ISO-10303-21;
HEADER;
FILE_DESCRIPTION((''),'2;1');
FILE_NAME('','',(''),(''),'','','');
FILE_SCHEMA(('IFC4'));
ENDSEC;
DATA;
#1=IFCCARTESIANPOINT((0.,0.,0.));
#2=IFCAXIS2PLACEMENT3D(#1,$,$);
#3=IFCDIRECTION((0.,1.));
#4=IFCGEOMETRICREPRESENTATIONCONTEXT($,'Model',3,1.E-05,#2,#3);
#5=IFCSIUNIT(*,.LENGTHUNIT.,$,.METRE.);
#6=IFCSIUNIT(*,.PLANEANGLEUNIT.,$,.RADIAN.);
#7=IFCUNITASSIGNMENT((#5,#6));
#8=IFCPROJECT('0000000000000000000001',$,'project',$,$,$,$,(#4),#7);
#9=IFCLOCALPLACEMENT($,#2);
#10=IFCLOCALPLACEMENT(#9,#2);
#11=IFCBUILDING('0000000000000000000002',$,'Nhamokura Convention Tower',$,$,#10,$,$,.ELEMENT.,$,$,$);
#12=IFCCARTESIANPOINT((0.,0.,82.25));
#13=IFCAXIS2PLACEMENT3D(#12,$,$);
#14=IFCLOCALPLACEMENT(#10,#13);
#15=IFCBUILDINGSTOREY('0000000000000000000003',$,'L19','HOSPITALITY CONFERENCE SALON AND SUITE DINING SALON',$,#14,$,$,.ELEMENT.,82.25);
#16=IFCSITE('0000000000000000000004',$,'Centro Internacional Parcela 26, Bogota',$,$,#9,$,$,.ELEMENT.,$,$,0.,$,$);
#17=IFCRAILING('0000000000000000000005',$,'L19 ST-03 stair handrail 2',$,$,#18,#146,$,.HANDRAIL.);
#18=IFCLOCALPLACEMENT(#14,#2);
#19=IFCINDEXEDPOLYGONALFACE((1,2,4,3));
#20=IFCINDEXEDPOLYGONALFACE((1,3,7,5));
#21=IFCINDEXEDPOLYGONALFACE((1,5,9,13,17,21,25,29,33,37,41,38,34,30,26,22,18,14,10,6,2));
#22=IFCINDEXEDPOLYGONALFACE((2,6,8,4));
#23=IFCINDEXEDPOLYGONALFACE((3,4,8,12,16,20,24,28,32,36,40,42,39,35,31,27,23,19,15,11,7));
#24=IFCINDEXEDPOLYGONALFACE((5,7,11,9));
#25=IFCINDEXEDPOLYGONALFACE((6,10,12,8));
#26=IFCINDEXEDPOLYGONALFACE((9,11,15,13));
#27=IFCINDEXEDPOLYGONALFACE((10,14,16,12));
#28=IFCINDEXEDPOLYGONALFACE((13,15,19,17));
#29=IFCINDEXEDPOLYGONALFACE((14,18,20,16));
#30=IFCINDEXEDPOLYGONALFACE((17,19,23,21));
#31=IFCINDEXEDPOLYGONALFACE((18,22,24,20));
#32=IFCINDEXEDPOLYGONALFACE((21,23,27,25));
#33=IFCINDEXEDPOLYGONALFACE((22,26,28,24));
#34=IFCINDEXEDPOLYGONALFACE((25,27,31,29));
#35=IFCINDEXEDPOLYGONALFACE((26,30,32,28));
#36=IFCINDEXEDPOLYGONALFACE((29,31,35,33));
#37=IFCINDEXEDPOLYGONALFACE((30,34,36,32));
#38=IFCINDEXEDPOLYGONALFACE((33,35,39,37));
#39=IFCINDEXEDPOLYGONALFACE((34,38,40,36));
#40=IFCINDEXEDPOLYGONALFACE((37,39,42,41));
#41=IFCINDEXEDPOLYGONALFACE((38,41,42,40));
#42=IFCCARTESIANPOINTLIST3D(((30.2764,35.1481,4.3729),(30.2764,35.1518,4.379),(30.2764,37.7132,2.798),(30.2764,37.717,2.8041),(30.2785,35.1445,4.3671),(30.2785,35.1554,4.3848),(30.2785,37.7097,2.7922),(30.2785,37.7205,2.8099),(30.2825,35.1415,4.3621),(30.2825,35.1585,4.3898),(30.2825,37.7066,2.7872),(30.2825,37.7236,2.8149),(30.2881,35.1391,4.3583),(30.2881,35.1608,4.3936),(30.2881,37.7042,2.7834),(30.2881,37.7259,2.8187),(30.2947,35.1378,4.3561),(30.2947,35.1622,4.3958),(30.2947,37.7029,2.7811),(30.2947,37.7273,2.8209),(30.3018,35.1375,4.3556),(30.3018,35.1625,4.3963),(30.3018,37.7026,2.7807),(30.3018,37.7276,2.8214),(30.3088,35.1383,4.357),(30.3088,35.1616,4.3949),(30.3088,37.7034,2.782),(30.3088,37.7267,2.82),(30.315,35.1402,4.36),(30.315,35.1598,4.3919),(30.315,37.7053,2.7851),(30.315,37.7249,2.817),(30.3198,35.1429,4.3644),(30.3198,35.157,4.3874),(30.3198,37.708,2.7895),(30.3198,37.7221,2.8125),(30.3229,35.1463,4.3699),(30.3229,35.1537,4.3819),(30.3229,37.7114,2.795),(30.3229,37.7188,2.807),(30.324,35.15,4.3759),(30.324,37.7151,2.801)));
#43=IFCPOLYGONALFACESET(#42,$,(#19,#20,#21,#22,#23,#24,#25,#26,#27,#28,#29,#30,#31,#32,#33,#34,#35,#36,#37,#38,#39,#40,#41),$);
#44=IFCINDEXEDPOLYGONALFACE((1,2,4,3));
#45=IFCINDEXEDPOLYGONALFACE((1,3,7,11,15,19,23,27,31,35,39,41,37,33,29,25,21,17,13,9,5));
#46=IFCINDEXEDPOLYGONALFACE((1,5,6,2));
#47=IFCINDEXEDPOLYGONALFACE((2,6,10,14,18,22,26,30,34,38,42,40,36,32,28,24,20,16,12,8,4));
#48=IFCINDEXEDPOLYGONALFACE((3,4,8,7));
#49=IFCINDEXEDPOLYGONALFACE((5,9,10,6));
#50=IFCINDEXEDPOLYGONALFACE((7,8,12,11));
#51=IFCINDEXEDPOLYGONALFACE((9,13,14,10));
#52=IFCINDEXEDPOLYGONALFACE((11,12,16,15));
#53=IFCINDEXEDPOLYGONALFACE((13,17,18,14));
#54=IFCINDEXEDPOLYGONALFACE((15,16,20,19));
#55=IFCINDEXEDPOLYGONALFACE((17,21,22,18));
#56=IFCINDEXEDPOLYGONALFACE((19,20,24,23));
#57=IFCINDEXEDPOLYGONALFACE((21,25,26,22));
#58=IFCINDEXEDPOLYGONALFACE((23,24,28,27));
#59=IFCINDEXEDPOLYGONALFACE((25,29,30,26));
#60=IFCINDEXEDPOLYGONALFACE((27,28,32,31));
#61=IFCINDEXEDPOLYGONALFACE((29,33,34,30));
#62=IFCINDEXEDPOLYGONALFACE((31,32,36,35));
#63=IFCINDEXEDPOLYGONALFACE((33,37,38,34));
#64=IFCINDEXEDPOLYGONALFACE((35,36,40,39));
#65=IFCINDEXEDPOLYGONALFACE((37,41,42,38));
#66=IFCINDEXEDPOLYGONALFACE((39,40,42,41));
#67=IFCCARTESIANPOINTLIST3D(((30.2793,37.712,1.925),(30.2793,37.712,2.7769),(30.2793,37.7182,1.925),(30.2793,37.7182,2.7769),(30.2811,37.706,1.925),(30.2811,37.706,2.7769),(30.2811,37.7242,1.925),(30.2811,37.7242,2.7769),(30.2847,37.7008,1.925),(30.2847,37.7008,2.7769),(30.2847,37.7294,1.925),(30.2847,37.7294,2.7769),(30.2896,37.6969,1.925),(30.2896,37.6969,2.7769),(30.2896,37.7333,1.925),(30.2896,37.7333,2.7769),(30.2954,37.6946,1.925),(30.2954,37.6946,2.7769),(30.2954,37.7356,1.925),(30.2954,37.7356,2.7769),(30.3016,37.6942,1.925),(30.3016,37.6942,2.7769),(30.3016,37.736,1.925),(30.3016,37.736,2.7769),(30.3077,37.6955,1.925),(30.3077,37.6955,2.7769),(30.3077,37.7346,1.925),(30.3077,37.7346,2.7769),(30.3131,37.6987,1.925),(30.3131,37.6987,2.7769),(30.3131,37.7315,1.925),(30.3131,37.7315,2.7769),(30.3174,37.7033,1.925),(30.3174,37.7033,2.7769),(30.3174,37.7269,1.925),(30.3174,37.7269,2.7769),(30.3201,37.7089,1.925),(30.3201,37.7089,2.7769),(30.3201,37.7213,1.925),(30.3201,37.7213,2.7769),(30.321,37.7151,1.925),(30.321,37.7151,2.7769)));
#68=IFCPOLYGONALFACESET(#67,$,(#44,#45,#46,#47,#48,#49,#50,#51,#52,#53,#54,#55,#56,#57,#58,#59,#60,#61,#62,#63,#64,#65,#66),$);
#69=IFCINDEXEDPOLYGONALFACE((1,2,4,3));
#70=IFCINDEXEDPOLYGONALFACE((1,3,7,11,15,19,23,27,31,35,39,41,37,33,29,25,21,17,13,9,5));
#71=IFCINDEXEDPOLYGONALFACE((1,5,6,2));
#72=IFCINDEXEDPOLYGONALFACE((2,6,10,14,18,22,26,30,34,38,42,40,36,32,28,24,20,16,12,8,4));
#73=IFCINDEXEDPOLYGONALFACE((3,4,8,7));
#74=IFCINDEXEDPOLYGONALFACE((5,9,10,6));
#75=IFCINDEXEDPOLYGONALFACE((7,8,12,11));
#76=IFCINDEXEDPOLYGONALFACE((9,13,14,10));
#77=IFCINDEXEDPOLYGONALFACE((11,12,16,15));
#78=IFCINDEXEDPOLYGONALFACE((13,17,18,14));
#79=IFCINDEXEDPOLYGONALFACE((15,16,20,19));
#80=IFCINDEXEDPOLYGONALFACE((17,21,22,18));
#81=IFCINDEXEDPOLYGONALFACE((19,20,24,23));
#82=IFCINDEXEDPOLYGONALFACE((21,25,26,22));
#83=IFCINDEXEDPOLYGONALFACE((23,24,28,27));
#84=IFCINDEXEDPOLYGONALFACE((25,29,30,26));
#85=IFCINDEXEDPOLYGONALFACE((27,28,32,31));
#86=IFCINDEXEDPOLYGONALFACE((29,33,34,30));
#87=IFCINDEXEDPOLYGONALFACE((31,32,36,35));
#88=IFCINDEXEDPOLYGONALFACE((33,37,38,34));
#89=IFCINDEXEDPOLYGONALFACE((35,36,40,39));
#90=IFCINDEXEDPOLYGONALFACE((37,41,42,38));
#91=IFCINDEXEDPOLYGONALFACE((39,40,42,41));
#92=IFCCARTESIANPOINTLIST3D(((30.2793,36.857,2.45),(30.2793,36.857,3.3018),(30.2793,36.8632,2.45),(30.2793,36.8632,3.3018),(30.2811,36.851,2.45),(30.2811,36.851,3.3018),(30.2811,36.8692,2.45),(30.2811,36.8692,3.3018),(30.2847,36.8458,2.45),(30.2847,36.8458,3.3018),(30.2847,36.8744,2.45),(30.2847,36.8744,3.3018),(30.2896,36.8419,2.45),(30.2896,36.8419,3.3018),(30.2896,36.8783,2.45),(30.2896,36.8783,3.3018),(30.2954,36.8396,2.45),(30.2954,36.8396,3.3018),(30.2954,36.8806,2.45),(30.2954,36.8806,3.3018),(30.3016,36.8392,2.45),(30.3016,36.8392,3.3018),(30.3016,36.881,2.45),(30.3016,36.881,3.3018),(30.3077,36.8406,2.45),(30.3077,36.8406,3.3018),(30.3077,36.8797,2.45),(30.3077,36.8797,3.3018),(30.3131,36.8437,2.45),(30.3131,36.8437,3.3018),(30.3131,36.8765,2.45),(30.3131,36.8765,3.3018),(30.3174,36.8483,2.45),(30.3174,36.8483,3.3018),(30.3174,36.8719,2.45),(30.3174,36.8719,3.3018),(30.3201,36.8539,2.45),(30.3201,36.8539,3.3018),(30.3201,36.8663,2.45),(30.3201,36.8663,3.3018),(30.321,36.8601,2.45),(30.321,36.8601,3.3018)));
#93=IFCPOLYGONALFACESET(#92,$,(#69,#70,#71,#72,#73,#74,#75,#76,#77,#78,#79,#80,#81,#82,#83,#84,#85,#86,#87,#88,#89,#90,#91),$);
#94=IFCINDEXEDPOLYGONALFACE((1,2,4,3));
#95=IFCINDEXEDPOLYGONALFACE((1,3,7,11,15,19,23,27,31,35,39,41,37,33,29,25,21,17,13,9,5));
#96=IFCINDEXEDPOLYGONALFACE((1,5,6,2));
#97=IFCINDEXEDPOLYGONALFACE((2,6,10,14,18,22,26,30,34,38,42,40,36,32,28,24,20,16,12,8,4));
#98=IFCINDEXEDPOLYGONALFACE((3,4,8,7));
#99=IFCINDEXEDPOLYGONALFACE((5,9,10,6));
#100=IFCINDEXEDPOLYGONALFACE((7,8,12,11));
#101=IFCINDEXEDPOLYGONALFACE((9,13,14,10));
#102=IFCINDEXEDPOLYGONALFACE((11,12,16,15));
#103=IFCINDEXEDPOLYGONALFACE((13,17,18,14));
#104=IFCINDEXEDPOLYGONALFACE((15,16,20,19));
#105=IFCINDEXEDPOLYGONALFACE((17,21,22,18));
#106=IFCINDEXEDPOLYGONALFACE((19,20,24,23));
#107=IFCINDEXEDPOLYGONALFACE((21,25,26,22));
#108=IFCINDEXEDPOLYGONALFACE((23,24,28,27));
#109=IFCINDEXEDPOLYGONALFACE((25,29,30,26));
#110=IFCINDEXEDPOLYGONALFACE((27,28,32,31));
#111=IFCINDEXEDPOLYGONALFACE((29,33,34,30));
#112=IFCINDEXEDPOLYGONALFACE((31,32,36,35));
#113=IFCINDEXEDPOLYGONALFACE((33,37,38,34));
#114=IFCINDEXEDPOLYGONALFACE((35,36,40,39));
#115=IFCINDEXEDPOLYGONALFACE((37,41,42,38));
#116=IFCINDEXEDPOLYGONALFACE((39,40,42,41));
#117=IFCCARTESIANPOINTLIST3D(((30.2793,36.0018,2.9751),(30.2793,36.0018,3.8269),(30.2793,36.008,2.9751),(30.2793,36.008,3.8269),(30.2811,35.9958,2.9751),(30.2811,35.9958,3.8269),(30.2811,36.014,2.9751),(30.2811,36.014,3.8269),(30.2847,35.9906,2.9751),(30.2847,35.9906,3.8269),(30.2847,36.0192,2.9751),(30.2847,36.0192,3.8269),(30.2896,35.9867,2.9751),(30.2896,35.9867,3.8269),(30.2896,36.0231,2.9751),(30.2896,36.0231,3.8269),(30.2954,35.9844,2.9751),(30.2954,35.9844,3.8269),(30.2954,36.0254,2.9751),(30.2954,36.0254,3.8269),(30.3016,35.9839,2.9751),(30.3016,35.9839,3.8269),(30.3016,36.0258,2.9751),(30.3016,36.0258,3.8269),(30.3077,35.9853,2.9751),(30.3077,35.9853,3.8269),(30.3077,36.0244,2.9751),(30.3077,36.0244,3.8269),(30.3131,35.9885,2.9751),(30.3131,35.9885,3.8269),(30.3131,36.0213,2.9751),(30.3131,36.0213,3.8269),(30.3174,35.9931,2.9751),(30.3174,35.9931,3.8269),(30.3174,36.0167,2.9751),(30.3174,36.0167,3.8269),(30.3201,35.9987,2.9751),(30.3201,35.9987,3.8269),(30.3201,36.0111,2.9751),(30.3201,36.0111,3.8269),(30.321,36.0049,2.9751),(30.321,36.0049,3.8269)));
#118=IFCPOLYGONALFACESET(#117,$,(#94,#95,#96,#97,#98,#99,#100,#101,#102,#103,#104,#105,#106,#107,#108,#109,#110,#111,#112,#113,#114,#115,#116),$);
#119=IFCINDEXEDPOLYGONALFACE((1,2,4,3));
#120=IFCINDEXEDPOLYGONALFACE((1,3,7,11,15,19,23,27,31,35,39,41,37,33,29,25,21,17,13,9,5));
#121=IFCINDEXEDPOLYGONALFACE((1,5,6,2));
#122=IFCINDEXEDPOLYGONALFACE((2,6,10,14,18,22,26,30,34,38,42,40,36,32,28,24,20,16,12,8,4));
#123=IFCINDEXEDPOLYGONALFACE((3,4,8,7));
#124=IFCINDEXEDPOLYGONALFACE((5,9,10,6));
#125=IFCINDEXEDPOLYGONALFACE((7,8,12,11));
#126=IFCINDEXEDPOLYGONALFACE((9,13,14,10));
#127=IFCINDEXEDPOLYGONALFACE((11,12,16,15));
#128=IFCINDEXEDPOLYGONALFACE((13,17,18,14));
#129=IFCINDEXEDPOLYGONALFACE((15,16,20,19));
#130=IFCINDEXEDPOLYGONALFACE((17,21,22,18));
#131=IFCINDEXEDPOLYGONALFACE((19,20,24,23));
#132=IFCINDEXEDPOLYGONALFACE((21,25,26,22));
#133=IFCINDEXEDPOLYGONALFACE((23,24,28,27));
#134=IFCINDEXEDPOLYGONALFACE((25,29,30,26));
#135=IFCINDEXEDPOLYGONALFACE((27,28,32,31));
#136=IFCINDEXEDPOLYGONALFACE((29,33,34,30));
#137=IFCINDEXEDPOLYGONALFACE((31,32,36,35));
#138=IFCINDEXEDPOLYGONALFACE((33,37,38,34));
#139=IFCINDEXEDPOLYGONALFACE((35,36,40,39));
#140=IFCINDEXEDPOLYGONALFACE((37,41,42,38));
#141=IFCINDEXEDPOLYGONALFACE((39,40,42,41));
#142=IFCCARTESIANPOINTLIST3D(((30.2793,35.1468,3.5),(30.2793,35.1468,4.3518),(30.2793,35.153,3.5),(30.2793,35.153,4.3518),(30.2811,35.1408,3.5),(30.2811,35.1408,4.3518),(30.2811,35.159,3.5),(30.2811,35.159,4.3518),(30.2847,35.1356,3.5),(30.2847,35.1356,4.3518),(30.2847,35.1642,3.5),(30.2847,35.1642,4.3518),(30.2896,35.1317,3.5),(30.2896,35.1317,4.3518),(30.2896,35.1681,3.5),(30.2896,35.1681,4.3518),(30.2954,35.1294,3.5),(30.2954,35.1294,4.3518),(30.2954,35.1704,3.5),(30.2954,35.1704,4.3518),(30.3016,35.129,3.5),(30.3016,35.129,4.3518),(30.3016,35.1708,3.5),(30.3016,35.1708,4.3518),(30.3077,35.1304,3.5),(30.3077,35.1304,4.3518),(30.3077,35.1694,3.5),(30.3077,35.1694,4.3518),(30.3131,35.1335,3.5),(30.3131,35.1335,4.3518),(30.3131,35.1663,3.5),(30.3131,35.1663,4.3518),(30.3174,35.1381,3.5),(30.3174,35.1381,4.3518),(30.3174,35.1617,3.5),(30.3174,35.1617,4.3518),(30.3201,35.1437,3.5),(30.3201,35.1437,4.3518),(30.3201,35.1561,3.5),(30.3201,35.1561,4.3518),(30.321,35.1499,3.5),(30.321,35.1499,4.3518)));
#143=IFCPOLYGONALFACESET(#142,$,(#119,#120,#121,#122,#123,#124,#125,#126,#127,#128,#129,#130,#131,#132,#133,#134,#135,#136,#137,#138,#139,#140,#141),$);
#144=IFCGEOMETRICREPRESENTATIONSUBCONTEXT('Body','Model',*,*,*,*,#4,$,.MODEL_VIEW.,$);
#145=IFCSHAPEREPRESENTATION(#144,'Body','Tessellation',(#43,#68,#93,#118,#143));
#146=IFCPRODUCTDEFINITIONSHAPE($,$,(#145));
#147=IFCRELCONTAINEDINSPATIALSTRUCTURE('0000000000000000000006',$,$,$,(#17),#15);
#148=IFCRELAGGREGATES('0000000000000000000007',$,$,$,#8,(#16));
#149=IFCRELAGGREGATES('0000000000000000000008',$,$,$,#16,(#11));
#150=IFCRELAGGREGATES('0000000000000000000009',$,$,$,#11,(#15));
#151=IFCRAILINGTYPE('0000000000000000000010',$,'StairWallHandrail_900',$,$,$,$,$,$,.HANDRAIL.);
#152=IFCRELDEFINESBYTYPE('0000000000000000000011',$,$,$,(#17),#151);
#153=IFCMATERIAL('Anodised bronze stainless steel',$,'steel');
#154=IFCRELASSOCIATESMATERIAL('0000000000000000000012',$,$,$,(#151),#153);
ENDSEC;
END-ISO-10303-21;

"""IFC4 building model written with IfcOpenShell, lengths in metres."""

from ifc_helpers import new_model, si_unit, direction, frame, origin, origin_2d, place, context, subcontext, project, spatial, circle, extrude, material, type_object, element, save


model = new_model("IFC4")

# Units and contexts
model_context = context("Model", 3, precision=1e-05, world=origin(), true_north=direction((0.0, 1.0)))
body_context = subcontext(model_context, "Body", "Model", "MODEL_VIEW")
ifc_project = project(units=[si_unit("LENGTHUNIT", "METRE"), si_unit("PLANEANGLEUNIT", "RADIAN")], contexts=[model_context])

# Site, building, storey
site_placement = place(None, origin())
site = spatial("IfcSite", under=ifc_project, at=site_placement, Name="Centro Internacional Parcela 26, Bogota", CompositionType="ELEMENT", RefElevation=0.0)
building_placement = place(site_placement, origin())
building = spatial("IfcBuilding", under=site, at=building_placement, Name="Nhamokura Convention Tower", CompositionType="ELEMENT")
storey_placement = place(building_placement, frame((0.0, 0.0, 82.25)))
storey = spatial("IfcBuildingStorey", under=building, at=storey_placement, Name="L19", Description="HOSPITALITY CONFERENCE SALON AND SUITE DINING SALON", CompositionType="ELEMENT", Elevation=82.25)

# Railing
ifc_material_1 = material(Name="Anodised bronze stainless steel", Category="steel")
railing_type_1 = type_object("IfcRailingType", Name="StairWallHandrail_900", PredefinedType="HANDRAIL", material=ifc_material_1)
railing_1_placement = place(storey_placement, frame((30.3, 37.7151, 1.925)))
element("IfcRailing", 1, at=railing_1_placement, inside=storey, type_object=railing_type_1, Name="L19 ST-03 stair handrail 2", PredefinedType="HANDRAIL", context=body_context, shape_type="SweptSolid", body=[
    extrude(circle(Radius=0.0239, at=origin_2d()), frame((0.0, 0.0, 0.876), z_axis=(0.0, -0.852195, 0.523224), x_axis=(1.0, 0.0, 0.0)), (0.0, 0.0, 1.0), 3.01),
    extrude(circle(Radius=0.021, at=origin_2d()), origin(), (0.0, 0.0, 1.0), 0.8518),
    extrude(circle(Radius=0.021, at=origin_2d()), frame((0.0, -0.855, 0.5249)), (0.0, 0.0, 1.0), 0.8518),
    extrude(circle(Radius=0.021, at=origin_2d()), frame((0.0, -1.7102, 1.05)), (0.0, 0.0, 1.0), 0.8518),
    extrude(circle(Radius=0.021, at=origin_2d()), frame((0.0, -2.5652, 1.575)), (0.0, 0.0, 1.0), 0.8518),
])

save(model, "model.ifc")
